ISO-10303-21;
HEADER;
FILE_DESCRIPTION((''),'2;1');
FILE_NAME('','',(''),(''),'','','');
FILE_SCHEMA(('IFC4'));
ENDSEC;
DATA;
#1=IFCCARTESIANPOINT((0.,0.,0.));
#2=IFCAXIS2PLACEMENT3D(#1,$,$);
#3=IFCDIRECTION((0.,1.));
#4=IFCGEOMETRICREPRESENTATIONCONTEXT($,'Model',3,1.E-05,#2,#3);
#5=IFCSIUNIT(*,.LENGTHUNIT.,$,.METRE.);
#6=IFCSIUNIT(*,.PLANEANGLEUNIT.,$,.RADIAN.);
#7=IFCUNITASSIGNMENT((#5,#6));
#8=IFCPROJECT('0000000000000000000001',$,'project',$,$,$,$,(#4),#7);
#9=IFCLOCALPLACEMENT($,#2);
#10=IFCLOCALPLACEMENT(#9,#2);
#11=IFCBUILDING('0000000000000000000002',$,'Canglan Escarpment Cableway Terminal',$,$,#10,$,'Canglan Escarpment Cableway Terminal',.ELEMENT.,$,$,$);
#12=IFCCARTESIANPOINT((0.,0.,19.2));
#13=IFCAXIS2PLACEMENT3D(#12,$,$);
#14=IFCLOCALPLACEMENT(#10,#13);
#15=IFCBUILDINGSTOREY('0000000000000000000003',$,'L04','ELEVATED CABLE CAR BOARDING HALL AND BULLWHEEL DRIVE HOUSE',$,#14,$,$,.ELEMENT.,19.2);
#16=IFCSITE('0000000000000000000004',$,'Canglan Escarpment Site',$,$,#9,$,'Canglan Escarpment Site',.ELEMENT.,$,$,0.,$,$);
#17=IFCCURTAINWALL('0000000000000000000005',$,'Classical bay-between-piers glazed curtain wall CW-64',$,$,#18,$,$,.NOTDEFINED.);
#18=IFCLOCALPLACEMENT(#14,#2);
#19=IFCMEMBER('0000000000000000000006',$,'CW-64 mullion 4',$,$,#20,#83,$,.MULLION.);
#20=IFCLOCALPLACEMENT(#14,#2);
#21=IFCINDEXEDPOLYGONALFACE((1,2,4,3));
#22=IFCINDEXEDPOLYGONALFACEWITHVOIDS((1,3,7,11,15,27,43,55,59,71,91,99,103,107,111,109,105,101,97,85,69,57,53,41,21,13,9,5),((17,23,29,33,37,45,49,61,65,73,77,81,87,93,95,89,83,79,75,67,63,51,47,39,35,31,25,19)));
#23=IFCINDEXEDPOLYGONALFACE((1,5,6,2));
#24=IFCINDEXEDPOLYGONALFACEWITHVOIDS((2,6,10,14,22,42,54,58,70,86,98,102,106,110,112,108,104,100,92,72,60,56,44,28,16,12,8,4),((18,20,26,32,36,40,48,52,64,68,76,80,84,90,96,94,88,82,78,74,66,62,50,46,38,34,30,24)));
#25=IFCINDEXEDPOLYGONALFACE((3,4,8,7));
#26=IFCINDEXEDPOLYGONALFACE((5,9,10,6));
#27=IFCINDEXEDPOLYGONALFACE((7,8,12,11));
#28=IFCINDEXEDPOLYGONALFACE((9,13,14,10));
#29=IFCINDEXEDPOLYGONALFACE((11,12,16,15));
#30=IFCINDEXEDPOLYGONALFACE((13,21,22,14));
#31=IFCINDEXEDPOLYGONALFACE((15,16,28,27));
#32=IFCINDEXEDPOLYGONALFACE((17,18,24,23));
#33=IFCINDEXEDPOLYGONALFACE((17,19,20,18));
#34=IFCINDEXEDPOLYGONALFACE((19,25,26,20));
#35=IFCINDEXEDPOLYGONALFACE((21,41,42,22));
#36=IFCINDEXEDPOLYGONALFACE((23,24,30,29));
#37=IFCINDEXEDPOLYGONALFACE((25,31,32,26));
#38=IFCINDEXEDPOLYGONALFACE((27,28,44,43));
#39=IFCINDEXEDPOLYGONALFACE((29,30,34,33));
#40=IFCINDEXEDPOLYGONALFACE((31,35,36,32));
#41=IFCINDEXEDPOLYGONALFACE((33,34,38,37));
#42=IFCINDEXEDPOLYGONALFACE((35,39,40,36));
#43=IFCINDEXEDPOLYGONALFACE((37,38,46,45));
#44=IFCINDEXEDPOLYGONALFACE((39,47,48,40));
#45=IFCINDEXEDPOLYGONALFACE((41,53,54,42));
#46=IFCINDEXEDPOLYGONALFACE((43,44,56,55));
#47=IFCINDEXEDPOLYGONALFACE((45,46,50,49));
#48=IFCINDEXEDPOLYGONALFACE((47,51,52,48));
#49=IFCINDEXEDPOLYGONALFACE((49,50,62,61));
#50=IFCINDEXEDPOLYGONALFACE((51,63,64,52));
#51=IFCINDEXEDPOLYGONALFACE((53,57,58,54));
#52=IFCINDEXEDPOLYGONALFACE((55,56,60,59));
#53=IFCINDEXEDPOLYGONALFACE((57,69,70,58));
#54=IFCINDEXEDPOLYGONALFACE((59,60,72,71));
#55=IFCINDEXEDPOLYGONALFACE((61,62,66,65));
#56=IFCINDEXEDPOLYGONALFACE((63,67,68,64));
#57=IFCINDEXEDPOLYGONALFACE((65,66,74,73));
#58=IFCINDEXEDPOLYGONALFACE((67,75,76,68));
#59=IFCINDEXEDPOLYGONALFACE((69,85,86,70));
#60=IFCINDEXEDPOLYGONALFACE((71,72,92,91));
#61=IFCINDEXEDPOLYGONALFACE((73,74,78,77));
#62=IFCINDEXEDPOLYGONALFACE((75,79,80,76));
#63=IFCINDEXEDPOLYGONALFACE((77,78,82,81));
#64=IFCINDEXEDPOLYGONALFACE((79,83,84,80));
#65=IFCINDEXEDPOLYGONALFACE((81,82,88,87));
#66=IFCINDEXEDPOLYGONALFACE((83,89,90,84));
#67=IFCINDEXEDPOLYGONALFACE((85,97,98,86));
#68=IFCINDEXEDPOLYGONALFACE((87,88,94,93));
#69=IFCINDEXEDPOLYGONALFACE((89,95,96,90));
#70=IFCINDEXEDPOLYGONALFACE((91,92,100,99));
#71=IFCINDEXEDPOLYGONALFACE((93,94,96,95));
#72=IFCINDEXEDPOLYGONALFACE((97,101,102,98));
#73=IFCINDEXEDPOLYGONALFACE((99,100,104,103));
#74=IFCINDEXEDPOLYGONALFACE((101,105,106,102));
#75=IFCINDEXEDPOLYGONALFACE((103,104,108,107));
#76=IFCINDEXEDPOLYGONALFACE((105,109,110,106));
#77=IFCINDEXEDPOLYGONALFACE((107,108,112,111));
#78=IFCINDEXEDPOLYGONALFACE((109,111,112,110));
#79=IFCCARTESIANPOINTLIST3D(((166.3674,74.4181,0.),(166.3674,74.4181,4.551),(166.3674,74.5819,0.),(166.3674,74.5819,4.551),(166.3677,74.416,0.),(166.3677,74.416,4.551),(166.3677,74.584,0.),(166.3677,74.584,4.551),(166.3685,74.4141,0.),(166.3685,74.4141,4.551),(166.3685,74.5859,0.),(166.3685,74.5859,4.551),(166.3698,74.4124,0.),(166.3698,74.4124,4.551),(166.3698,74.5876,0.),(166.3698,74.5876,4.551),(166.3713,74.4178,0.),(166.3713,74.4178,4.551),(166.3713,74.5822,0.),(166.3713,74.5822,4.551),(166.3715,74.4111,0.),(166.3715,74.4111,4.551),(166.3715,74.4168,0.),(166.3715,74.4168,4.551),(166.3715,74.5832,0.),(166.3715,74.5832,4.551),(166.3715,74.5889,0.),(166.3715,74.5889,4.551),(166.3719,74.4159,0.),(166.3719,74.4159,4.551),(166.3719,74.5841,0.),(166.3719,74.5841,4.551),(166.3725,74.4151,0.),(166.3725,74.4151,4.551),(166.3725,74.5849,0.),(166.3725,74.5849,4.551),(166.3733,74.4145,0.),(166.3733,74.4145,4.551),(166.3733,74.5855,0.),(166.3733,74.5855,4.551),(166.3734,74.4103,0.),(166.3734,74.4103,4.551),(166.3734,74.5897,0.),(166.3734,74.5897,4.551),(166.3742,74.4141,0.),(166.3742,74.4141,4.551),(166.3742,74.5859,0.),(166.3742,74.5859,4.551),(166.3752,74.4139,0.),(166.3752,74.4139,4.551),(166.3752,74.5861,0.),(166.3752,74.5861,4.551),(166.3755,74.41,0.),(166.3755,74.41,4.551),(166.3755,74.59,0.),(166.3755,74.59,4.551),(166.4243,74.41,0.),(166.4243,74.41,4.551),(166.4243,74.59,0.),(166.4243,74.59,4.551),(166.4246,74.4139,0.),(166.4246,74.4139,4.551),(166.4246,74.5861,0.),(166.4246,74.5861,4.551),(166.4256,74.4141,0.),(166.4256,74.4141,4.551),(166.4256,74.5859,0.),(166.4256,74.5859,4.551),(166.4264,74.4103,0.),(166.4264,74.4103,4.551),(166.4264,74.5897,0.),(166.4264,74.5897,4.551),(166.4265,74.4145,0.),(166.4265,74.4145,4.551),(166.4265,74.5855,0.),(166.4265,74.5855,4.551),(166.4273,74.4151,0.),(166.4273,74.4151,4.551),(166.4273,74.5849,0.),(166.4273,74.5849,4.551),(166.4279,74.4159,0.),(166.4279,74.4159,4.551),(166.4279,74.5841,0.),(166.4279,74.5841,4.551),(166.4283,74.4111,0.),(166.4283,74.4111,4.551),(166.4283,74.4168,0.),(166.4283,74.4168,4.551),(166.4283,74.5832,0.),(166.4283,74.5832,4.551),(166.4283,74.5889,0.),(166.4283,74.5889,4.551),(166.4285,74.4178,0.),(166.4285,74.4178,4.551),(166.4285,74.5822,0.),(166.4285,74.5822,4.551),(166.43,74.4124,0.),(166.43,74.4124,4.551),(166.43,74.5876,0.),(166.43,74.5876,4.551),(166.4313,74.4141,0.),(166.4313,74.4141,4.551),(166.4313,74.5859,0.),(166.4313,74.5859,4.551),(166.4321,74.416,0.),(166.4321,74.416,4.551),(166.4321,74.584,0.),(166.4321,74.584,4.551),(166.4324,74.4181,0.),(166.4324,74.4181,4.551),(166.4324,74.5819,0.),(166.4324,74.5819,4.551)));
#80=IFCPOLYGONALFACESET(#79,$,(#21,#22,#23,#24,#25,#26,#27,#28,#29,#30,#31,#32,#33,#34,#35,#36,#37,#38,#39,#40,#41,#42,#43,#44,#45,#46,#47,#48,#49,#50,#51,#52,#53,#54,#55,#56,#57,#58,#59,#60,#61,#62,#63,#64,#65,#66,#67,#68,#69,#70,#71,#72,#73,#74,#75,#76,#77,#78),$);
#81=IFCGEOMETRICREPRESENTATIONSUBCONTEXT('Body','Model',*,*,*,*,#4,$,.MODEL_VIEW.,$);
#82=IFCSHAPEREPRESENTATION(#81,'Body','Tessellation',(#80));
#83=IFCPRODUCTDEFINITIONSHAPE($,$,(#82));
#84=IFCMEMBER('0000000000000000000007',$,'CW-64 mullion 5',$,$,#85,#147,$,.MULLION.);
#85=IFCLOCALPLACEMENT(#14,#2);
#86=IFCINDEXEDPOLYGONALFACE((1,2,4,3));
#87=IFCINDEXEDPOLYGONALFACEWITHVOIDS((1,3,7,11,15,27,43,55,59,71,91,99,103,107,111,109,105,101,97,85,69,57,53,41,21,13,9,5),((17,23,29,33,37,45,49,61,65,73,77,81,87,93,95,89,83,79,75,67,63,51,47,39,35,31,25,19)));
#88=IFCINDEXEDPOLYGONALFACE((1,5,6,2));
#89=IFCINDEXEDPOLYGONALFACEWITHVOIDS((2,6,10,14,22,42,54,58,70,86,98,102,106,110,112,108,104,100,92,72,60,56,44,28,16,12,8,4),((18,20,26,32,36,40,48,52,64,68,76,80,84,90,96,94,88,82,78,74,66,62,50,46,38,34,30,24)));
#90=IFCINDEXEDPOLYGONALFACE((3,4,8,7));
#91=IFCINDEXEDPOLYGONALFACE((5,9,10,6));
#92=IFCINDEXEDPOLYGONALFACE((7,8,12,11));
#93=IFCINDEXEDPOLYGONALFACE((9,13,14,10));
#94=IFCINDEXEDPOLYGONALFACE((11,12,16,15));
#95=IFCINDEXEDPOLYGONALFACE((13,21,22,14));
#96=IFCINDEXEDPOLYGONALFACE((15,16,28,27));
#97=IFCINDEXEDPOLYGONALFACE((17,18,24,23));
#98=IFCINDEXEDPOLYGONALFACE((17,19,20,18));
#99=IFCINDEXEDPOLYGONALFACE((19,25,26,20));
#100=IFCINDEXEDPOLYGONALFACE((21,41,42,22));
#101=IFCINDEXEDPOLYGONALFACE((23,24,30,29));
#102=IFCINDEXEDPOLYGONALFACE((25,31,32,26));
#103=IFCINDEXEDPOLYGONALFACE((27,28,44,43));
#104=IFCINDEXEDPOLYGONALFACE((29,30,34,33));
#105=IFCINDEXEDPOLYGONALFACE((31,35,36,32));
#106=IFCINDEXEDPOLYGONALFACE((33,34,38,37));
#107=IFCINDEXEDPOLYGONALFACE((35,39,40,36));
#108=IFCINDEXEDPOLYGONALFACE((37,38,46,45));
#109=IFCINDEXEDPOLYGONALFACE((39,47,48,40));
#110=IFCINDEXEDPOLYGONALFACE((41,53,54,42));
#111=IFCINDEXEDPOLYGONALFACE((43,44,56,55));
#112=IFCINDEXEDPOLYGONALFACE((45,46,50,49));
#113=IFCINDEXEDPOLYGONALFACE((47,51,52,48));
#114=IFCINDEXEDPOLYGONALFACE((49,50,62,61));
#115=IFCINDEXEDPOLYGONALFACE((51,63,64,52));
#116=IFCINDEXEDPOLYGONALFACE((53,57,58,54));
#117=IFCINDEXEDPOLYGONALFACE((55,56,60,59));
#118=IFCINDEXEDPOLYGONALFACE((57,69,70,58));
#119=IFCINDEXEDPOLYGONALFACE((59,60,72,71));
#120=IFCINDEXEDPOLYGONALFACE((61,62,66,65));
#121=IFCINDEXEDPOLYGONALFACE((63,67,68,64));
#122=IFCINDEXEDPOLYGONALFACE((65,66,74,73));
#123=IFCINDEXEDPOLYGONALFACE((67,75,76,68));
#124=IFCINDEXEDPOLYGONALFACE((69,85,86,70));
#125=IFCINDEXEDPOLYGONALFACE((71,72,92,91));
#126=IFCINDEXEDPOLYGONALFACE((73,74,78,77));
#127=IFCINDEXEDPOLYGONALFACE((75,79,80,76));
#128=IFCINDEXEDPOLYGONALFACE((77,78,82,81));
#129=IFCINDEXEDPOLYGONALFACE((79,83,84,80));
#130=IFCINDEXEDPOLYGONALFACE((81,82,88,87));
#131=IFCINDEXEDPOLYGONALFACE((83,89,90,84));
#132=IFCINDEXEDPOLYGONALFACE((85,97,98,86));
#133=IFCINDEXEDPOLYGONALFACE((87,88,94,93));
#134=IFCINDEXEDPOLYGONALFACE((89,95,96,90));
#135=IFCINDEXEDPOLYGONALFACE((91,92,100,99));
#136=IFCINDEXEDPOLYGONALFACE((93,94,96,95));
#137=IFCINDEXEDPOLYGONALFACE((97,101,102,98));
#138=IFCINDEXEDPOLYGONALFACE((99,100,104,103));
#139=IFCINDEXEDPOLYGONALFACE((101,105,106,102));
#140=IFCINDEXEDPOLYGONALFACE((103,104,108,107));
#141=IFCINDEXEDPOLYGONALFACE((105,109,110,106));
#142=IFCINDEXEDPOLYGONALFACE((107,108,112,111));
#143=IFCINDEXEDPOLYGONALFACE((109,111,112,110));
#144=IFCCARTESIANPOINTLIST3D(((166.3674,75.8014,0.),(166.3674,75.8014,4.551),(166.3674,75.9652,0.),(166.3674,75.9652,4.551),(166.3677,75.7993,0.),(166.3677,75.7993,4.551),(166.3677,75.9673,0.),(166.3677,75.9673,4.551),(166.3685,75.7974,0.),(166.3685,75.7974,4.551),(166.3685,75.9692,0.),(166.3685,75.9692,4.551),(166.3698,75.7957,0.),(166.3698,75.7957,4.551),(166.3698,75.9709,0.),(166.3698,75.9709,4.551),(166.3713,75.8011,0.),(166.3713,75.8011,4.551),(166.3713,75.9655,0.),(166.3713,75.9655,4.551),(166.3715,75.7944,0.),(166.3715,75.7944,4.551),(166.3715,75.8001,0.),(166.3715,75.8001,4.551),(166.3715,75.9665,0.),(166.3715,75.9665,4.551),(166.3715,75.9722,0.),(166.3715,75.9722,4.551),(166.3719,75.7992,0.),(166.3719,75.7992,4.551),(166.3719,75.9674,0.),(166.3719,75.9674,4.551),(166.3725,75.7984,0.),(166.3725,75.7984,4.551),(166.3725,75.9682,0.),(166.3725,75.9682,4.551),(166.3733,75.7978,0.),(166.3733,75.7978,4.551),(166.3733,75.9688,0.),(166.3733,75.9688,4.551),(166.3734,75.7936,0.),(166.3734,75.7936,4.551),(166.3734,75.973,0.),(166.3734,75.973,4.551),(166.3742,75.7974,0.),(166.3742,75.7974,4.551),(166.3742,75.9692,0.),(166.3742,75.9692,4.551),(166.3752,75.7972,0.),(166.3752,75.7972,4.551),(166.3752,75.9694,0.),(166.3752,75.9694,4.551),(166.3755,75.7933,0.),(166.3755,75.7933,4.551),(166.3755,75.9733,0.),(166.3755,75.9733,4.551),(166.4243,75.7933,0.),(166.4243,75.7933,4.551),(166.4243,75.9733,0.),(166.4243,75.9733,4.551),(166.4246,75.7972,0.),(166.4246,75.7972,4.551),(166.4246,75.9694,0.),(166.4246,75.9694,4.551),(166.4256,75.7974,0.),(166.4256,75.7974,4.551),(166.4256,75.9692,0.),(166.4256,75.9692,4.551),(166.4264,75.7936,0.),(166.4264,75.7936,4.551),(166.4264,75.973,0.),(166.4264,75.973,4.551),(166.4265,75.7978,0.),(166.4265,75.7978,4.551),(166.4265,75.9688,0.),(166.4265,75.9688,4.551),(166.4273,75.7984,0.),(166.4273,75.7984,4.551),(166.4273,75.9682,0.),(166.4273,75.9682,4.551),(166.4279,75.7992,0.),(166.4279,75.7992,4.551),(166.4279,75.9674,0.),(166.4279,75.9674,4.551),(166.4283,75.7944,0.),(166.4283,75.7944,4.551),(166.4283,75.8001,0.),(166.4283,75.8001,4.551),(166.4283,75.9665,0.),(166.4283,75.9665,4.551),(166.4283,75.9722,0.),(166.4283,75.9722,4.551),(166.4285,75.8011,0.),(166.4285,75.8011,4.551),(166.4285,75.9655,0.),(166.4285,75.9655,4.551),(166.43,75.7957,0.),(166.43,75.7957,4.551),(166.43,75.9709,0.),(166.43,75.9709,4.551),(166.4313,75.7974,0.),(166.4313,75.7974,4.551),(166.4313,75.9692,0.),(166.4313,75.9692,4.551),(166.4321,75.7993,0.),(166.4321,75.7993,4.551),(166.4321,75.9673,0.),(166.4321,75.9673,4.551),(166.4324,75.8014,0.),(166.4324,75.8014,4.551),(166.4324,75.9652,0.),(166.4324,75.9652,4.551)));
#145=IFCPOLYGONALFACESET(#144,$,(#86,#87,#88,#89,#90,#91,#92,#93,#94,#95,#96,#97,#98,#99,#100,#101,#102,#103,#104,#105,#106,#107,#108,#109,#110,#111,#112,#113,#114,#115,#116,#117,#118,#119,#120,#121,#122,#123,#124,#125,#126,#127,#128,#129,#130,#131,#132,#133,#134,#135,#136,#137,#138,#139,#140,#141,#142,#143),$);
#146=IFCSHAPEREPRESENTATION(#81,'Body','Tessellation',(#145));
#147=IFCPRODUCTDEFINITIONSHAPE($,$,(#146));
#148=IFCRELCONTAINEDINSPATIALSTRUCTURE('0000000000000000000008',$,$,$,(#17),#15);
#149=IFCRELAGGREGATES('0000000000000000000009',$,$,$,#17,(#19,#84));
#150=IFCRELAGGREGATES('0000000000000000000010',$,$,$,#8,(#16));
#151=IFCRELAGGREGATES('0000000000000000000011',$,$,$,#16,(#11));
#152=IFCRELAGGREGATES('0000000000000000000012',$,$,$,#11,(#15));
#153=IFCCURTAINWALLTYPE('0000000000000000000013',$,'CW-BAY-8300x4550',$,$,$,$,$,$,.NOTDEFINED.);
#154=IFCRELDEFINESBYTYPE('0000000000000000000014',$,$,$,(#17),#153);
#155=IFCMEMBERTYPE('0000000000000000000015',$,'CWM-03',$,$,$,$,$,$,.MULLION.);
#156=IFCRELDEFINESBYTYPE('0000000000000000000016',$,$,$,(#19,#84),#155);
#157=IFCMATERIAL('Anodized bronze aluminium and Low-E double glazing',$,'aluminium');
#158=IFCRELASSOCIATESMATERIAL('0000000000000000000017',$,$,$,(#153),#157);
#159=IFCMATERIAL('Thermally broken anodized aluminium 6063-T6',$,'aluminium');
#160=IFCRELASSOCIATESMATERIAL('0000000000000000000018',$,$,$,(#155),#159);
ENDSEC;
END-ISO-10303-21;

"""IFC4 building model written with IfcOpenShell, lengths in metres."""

from ifc_helpers import new_model, si_unit, direction, frame, origin, origin_2d, place, context, subcontext, project, spatial, hollow_rectangle, extrude, material, material_profile, profile_set, type_object, element, aggregate, save


model = new_model("IFC4")

# Units and contexts
model_context = context("Model", 3, precision=1e-05, world=origin(), true_north=direction((0.0, 1.0)))
body_context = subcontext(model_context, "Body", "Model", "MODEL_VIEW")
ifc_project = project(units=[si_unit("LENGTHUNIT", "METRE"), si_unit("PLANEANGLEUNIT", "RADIAN")], contexts=[model_context])

# Site, building, storey
site_placement = place(None, origin())
site = spatial("IfcSite", under=ifc_project, at=site_placement, Name="Canglan Escarpment Site", LongName="Canglan Escarpment Site", CompositionType="ELEMENT", RefElevation=0.0)
building_placement = place(site_placement, origin())
building = spatial("IfcBuilding", under=site, at=building_placement, Name="Canglan Escarpment Cableway Terminal", LongName="Canglan Escarpment Cableway Terminal", CompositionType="ELEMENT")
storey_placement = place(building_placement, frame((0.0, 0.0, 19.2)))
storey = spatial("IfcBuildingStorey", under=building, at=storey_placement, Name="L04", Description="ELEVATED CABLE CAR BOARDING HALL AND BULLWHEEL DRIVE HOUSE", CompositionType="ELEMENT", Elevation=19.2)

# Curtain wall, members
ifc_material_1 = material(Name="Anodized bronze aluminium and Low-E double glazing", Category="aluminium")
curtain_wall_type = type_object("IfcCurtainWallType", Name="CW-BAY-8300x4550", PredefinedType="NOTDEFINED", material=ifc_material_1)
curtain_wall_placement = place(storey_placement, origin())
curtain_wall = element("IfcCurtainWall", 1, at=curtain_wall_placement, inside=storey, type_object=curtain_wall_type, Name="Classical bay-between-piers glazed curtain wall CW-64", PredefinedType="NOTDEFINED")
ifc_material_2 = material(Name="Thermally broken anodized aluminium 6063-T6", Category="aluminium")
ifc_material_profile_1 = material_profile(ifc_material_2, hollow_rectangle(XDim=0.0649, YDim=0.1799, WallThickness=0.0039, InnerFilletRadius=0.0039, OuterFilletRadius=0.0081, at=origin_2d()), Name="ALU-MULL 65x180x4")
ifc_profile_set_1 = profile_set([ifc_material_profile_1], Name="Thermally broken anodized aluminium 6063-T6")
member_type_1 = type_object("IfcMemberType", Name="CWM-03", PredefinedType="MULLION", material=ifc_profile_set_1)
member_1_placement = place(storey_placement, frame((166.3999, 74.5, 0.0), z_axis=(0.0, 0.0, 1.0), x_axis=(-1.0, 0.0, 0.0)))
member_1 = element("IfcMember", 2, at=member_1_placement, type_object=member_type_1, Name="CW-64 mullion 4", PredefinedType="MULLION", context=body_context, shape_type="SweptSolid", body=[
    extrude(hollow_rectangle(XDim=0.0649, YDim=0.1799, WallThickness=0.0039, InnerFilletRadius=0.0039, OuterFilletRadius=0.0081, at=origin_2d()), origin(), (0.0, 0.0, 1.0), 4.551),
])
member_2_placement = place(storey_placement, frame((166.3999, 75.8833, 0.0), z_axis=(0.0, 0.0, 1.0), x_axis=(-1.0, 0.0, 0.0)))
member_2 = element("IfcMember", 3, at=member_2_placement, type_object=member_type_1, Name="CW-64 mullion 5", PredefinedType="MULLION", context=body_context, shape_type="SweptSolid", body=[
    extrude(hollow_rectangle(XDim=0.0649, YDim=0.1799, WallThickness=0.0039, InnerFilletRadius=0.0039, OuterFilletRadius=0.0081, at=origin_2d()), origin(), (0.0, 0.0, 1.0), 4.551),
])
aggregate(curtain_wall, [member_1, member_2])

save(model, "model.ifc")
